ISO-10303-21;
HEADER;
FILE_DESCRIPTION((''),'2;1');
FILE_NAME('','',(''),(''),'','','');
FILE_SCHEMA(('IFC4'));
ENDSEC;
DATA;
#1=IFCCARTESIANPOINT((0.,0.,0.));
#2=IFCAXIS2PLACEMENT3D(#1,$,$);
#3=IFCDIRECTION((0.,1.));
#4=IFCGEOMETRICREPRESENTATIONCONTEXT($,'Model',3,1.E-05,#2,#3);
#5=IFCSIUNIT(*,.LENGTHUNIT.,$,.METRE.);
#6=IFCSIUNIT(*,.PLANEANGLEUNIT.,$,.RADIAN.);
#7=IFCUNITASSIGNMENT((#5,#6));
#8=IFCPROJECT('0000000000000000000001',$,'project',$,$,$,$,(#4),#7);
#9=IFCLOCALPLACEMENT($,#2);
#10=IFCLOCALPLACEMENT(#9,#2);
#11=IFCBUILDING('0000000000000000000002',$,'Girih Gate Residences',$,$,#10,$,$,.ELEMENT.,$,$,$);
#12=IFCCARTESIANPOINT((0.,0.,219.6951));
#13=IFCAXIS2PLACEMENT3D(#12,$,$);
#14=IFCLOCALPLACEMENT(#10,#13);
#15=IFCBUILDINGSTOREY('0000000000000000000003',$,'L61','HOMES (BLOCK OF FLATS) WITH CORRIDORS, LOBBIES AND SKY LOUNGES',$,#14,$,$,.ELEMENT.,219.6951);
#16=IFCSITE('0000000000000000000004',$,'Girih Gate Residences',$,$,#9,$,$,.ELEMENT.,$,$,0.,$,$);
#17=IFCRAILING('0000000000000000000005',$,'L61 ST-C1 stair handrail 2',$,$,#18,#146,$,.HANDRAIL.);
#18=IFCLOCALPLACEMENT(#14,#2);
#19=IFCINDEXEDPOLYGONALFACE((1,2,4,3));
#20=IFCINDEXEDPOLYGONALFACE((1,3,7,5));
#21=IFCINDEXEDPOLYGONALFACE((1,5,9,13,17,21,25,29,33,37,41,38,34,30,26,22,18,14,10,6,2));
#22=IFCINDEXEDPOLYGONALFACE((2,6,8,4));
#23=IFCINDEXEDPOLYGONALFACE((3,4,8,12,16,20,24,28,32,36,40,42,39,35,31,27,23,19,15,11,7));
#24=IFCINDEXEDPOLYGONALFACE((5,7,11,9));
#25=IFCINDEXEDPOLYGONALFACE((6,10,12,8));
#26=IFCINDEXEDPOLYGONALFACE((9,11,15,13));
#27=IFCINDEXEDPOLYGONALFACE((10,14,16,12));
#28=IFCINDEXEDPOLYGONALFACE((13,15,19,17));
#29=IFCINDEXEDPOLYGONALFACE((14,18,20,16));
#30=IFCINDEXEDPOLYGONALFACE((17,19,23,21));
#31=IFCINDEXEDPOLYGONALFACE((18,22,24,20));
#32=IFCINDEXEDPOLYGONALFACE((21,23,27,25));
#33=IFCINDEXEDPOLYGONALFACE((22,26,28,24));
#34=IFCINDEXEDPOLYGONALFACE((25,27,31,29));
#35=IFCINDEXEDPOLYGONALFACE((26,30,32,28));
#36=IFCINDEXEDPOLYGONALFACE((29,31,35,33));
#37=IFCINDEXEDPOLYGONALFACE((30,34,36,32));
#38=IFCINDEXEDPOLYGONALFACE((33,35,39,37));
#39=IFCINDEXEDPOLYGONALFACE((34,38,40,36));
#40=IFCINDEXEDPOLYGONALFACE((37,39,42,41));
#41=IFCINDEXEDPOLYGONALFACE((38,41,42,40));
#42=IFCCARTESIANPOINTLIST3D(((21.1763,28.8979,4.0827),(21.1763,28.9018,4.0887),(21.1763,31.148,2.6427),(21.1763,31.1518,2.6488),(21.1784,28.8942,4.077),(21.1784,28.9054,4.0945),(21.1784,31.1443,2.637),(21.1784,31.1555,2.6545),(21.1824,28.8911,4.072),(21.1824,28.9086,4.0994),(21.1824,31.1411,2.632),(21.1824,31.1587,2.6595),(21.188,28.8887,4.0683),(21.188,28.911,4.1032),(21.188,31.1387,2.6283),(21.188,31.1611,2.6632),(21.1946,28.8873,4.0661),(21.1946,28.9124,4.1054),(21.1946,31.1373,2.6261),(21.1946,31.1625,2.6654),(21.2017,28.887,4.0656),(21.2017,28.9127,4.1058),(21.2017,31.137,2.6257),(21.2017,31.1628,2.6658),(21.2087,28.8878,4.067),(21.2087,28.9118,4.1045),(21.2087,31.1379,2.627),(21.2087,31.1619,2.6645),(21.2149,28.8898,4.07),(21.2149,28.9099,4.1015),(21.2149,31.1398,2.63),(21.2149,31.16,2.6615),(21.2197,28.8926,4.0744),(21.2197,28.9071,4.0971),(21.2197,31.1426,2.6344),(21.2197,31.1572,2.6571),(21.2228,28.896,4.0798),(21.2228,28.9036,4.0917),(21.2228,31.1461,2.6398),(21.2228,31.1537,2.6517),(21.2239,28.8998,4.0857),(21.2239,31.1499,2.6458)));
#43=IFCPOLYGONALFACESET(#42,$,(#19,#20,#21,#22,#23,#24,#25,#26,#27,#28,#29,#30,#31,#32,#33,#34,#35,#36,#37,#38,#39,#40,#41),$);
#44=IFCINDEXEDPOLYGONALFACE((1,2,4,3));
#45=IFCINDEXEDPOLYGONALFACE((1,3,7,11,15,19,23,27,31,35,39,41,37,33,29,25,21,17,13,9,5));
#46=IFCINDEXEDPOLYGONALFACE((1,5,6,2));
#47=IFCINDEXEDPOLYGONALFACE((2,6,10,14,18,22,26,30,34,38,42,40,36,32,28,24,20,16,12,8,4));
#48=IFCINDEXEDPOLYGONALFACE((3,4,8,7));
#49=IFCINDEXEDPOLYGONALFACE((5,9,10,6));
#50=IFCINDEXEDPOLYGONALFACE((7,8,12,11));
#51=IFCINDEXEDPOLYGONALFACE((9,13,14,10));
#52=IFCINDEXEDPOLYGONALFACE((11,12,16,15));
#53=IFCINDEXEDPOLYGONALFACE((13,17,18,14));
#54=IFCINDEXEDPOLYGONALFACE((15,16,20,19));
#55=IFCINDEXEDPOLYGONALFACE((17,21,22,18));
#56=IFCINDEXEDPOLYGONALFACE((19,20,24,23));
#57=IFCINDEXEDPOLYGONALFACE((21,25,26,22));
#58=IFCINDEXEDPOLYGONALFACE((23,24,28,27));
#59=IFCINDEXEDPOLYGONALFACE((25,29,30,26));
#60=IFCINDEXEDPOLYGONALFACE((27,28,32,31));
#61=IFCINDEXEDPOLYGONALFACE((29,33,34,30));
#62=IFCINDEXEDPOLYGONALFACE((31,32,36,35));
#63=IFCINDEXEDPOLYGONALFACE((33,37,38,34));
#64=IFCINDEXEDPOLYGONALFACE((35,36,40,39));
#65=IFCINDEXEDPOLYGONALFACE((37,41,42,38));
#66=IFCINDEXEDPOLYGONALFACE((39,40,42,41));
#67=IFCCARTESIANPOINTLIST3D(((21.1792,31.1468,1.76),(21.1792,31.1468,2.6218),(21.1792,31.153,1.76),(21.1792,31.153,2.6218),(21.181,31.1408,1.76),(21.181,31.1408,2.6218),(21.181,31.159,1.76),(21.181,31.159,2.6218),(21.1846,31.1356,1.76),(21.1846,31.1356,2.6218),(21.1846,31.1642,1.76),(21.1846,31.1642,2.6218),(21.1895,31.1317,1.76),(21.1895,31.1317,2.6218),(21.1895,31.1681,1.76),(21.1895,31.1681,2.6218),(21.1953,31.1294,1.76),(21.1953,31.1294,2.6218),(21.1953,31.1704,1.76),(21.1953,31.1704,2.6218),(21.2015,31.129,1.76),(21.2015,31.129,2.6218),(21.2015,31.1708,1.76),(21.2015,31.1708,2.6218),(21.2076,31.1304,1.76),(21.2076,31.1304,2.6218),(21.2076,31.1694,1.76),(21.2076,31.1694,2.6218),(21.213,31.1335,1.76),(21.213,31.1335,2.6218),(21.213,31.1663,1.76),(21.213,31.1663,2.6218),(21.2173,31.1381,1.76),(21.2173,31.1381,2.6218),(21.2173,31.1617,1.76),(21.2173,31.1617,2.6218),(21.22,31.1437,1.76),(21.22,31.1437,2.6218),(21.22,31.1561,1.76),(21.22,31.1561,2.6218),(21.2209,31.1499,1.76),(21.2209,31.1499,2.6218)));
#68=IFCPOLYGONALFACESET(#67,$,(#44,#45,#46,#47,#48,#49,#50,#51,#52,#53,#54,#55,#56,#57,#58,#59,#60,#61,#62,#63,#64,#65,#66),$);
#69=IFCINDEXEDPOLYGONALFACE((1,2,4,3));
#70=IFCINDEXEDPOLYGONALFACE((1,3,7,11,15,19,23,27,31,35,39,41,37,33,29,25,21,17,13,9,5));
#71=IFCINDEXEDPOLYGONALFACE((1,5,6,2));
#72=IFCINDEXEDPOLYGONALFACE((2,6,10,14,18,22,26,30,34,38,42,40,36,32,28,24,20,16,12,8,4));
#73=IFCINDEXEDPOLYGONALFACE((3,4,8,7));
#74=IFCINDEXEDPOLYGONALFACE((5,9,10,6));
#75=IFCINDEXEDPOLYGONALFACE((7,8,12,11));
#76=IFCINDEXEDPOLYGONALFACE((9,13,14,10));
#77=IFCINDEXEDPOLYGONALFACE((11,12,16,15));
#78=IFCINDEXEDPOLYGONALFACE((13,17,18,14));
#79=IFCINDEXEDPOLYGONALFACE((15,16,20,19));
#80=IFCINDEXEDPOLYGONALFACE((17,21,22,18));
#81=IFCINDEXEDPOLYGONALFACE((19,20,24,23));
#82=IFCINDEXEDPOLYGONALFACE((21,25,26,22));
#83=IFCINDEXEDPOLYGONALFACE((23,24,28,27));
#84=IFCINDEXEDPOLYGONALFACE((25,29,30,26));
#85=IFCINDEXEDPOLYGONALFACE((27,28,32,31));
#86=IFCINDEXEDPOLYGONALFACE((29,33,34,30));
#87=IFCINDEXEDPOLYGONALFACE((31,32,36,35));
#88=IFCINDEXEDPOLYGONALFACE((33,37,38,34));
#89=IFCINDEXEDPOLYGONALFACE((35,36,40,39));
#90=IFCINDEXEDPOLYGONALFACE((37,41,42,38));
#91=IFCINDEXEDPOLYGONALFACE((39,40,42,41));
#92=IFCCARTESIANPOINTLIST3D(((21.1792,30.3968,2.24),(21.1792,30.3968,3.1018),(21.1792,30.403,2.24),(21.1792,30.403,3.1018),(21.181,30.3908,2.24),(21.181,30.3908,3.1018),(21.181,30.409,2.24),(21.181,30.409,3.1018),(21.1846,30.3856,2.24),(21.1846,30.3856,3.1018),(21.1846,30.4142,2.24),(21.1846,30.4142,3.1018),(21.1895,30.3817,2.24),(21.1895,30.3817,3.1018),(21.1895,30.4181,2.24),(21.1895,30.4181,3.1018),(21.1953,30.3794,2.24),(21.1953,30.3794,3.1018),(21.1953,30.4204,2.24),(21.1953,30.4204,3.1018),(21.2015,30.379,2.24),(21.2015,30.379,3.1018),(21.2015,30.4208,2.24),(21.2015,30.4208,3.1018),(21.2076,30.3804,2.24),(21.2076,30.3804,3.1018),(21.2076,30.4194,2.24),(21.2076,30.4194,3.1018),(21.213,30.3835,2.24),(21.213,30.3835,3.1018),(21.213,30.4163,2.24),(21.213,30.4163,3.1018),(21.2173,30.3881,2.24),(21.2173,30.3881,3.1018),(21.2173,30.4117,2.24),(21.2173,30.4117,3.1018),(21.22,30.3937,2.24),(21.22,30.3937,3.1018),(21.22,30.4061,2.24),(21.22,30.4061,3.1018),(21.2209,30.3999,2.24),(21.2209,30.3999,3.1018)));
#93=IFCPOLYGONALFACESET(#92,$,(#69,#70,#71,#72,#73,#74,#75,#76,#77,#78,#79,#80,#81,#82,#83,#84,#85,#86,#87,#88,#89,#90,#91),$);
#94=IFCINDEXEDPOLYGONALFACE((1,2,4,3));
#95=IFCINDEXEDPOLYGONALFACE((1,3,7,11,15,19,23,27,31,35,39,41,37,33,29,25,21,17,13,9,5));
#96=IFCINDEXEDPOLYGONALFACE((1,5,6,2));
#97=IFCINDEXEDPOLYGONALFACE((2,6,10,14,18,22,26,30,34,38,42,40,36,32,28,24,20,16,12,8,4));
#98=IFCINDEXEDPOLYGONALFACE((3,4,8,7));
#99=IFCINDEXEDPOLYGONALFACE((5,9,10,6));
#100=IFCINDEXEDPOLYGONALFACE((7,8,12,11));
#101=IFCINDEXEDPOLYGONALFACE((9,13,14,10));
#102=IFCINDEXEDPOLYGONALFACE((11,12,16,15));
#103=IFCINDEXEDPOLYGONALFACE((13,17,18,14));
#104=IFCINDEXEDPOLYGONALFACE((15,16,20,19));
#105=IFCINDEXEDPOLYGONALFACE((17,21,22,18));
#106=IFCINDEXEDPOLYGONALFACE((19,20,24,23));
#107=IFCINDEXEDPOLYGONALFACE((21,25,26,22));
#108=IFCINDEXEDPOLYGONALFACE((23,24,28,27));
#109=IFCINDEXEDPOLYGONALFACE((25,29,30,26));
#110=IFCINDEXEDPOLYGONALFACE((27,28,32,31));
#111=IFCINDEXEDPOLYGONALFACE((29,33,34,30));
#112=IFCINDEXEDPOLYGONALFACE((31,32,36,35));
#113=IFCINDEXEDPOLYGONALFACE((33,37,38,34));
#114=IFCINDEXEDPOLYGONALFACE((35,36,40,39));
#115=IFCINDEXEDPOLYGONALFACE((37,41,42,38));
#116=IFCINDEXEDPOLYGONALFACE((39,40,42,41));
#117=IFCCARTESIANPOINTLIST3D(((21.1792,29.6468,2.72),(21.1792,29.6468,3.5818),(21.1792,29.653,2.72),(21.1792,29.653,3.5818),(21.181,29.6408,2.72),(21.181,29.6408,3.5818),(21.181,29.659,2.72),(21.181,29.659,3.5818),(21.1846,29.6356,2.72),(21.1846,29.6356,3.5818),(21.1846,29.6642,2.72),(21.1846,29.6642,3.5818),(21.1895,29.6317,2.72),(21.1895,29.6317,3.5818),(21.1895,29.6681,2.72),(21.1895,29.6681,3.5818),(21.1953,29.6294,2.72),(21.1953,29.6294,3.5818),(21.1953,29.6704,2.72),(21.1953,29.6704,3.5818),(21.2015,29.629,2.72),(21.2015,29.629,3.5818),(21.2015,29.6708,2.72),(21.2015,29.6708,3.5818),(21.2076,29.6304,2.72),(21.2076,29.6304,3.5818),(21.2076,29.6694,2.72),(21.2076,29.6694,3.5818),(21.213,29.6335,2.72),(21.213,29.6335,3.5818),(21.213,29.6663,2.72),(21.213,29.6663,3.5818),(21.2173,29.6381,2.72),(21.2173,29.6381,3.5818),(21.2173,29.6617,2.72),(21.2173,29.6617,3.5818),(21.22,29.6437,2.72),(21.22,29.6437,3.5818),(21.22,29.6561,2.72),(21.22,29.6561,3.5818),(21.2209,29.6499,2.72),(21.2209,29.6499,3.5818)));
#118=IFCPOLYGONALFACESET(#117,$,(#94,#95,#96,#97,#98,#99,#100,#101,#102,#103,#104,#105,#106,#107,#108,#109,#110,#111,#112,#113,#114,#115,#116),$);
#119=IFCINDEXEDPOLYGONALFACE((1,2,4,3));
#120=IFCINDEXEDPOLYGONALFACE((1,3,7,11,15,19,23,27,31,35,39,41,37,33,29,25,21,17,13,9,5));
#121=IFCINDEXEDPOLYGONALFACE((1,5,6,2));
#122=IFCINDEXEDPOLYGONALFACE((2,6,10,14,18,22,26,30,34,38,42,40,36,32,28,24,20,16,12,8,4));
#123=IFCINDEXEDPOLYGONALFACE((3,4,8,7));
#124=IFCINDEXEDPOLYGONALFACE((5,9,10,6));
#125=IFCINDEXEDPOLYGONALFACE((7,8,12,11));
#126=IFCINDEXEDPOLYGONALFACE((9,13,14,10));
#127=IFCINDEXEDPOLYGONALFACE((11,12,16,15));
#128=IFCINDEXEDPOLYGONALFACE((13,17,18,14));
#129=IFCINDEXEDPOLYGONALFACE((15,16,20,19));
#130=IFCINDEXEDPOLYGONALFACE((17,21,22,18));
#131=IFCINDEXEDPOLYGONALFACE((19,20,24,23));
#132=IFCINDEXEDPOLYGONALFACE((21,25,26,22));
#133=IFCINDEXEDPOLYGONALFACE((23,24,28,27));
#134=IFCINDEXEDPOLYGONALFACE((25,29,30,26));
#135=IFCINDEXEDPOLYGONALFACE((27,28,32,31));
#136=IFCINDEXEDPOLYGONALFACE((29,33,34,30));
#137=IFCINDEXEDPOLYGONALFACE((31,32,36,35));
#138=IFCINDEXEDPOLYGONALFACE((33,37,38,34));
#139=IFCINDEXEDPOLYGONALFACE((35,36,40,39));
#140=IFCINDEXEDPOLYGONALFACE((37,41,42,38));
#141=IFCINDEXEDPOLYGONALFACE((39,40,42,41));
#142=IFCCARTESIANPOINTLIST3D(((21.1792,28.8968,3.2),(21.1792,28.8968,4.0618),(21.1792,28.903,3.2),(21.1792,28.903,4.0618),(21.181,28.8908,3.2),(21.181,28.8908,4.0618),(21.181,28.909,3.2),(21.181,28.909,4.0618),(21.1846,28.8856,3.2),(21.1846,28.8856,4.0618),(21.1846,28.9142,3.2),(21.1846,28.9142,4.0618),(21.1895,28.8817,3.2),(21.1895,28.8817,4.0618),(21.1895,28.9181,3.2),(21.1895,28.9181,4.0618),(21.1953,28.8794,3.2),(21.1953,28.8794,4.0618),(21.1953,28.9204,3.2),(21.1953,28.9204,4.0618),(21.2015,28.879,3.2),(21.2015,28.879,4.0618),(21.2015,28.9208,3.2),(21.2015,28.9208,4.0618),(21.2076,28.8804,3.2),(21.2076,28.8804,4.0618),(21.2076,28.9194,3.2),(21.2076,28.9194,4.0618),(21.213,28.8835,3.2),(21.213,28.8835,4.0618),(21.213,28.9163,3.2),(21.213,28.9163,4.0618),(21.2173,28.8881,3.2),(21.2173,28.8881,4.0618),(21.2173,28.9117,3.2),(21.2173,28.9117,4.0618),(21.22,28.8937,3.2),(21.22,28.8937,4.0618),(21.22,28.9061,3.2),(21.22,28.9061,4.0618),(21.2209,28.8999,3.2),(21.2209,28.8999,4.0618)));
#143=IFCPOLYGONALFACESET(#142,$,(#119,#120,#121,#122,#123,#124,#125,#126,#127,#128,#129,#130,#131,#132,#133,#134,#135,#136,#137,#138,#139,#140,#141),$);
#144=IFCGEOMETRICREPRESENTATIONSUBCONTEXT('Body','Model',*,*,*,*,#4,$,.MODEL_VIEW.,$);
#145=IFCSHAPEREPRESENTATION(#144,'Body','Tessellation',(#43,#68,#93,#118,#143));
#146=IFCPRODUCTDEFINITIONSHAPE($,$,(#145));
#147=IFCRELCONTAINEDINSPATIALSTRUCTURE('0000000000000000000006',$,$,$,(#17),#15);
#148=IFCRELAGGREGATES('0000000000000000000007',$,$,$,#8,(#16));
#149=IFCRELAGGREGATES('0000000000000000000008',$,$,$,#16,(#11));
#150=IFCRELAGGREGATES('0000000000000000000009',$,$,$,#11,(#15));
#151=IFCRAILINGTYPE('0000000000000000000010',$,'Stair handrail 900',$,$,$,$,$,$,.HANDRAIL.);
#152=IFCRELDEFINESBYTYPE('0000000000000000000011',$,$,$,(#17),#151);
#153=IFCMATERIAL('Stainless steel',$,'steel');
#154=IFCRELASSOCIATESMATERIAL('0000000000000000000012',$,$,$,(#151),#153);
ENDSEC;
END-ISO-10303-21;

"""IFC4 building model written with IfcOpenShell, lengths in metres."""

from ifc_helpers import new_model, si_unit, direction, frame, origin, origin_2d, place, context, subcontext, project, spatial, circle, extrude, material, type_object, element, save


model = new_model("IFC4")

# Units and contexts
model_context = context("Model", 3, precision=1e-05, world=origin(), true_north=direction((0.0, 1.0)))
body_context = subcontext(model_context, "Body", "Model", "MODEL_VIEW")
ifc_project = project(units=[si_unit("LENGTHUNIT", "METRE"), si_unit("PLANEANGLEUNIT", "RADIAN")], contexts=[model_context])

# Site, building, storey
site_placement = place(None, origin())
site = spatial("IfcSite", under=ifc_project, at=site_placement, Name="Girih Gate Residences", CompositionType="ELEMENT", RefElevation=0.0)
building_placement = place(site_placement, origin())
building = spatial("IfcBuilding", under=site, at=building_placement, Name="Girih Gate Residences", CompositionType="ELEMENT")
storey_placement = place(building_placement, frame((0.0, 0.0, 219.6951)))
storey = spatial("IfcBuildingStorey", under=building, at=storey_placement, Name="L61", Description="HOMES (BLOCK OF FLATS) WITH CORRIDORS, LOBBIES AND SKY LOUNGES", CompositionType="ELEMENT", Elevation=219.6951)

# Railing
ifc_material_1 = material(Name="Stainless steel", Category="steel")
railing_type_1 = type_object("IfcRailingType", Name="Stair handrail 900", PredefinedType="HANDRAIL", material=ifc_material_1)
railing_1_placement = place(storey_placement, frame((21.2, 31.1499, 1.76)))
element("IfcRailing", 1, at=railing_1_placement, inside=storey, type_object=railing_type_1, Name="L61 ST-C1 stair handrail 2", PredefinedType="HANDRAIL", context=body_context, shape_type="SweptSolid", body=[
    extrude(circle(Radius=0.0239, at=origin_2d()), frame((0.0, 0.0, 0.8857), z_axis=(0.0, -0.842281, 0.539038), x_axis=(1.0, 0.0, 0.0)), (0.0, 0.0, 1.0), 2.6714),
    extrude(circle(Radius=0.021, at=origin_2d()), origin(), (0.0, 0.0, 1.0), 0.8618),
    extrude(circle(Radius=0.021, at=origin_2d()), frame((0.0, -0.75, 0.48)), (0.0, 0.0, 1.0), 0.8618),
    extrude(circle(Radius=0.021, at=origin_2d()), frame((0.0, -1.5, 0.96)), (0.0, 0.0, 1.0), 0.8618),
    extrude(circle(Radius=0.021, at=origin_2d()), frame((0.0, -2.25, 1.4399)), (0.0, 0.0, 1.0), 0.8618),
])

save(model, "model.ifc")
